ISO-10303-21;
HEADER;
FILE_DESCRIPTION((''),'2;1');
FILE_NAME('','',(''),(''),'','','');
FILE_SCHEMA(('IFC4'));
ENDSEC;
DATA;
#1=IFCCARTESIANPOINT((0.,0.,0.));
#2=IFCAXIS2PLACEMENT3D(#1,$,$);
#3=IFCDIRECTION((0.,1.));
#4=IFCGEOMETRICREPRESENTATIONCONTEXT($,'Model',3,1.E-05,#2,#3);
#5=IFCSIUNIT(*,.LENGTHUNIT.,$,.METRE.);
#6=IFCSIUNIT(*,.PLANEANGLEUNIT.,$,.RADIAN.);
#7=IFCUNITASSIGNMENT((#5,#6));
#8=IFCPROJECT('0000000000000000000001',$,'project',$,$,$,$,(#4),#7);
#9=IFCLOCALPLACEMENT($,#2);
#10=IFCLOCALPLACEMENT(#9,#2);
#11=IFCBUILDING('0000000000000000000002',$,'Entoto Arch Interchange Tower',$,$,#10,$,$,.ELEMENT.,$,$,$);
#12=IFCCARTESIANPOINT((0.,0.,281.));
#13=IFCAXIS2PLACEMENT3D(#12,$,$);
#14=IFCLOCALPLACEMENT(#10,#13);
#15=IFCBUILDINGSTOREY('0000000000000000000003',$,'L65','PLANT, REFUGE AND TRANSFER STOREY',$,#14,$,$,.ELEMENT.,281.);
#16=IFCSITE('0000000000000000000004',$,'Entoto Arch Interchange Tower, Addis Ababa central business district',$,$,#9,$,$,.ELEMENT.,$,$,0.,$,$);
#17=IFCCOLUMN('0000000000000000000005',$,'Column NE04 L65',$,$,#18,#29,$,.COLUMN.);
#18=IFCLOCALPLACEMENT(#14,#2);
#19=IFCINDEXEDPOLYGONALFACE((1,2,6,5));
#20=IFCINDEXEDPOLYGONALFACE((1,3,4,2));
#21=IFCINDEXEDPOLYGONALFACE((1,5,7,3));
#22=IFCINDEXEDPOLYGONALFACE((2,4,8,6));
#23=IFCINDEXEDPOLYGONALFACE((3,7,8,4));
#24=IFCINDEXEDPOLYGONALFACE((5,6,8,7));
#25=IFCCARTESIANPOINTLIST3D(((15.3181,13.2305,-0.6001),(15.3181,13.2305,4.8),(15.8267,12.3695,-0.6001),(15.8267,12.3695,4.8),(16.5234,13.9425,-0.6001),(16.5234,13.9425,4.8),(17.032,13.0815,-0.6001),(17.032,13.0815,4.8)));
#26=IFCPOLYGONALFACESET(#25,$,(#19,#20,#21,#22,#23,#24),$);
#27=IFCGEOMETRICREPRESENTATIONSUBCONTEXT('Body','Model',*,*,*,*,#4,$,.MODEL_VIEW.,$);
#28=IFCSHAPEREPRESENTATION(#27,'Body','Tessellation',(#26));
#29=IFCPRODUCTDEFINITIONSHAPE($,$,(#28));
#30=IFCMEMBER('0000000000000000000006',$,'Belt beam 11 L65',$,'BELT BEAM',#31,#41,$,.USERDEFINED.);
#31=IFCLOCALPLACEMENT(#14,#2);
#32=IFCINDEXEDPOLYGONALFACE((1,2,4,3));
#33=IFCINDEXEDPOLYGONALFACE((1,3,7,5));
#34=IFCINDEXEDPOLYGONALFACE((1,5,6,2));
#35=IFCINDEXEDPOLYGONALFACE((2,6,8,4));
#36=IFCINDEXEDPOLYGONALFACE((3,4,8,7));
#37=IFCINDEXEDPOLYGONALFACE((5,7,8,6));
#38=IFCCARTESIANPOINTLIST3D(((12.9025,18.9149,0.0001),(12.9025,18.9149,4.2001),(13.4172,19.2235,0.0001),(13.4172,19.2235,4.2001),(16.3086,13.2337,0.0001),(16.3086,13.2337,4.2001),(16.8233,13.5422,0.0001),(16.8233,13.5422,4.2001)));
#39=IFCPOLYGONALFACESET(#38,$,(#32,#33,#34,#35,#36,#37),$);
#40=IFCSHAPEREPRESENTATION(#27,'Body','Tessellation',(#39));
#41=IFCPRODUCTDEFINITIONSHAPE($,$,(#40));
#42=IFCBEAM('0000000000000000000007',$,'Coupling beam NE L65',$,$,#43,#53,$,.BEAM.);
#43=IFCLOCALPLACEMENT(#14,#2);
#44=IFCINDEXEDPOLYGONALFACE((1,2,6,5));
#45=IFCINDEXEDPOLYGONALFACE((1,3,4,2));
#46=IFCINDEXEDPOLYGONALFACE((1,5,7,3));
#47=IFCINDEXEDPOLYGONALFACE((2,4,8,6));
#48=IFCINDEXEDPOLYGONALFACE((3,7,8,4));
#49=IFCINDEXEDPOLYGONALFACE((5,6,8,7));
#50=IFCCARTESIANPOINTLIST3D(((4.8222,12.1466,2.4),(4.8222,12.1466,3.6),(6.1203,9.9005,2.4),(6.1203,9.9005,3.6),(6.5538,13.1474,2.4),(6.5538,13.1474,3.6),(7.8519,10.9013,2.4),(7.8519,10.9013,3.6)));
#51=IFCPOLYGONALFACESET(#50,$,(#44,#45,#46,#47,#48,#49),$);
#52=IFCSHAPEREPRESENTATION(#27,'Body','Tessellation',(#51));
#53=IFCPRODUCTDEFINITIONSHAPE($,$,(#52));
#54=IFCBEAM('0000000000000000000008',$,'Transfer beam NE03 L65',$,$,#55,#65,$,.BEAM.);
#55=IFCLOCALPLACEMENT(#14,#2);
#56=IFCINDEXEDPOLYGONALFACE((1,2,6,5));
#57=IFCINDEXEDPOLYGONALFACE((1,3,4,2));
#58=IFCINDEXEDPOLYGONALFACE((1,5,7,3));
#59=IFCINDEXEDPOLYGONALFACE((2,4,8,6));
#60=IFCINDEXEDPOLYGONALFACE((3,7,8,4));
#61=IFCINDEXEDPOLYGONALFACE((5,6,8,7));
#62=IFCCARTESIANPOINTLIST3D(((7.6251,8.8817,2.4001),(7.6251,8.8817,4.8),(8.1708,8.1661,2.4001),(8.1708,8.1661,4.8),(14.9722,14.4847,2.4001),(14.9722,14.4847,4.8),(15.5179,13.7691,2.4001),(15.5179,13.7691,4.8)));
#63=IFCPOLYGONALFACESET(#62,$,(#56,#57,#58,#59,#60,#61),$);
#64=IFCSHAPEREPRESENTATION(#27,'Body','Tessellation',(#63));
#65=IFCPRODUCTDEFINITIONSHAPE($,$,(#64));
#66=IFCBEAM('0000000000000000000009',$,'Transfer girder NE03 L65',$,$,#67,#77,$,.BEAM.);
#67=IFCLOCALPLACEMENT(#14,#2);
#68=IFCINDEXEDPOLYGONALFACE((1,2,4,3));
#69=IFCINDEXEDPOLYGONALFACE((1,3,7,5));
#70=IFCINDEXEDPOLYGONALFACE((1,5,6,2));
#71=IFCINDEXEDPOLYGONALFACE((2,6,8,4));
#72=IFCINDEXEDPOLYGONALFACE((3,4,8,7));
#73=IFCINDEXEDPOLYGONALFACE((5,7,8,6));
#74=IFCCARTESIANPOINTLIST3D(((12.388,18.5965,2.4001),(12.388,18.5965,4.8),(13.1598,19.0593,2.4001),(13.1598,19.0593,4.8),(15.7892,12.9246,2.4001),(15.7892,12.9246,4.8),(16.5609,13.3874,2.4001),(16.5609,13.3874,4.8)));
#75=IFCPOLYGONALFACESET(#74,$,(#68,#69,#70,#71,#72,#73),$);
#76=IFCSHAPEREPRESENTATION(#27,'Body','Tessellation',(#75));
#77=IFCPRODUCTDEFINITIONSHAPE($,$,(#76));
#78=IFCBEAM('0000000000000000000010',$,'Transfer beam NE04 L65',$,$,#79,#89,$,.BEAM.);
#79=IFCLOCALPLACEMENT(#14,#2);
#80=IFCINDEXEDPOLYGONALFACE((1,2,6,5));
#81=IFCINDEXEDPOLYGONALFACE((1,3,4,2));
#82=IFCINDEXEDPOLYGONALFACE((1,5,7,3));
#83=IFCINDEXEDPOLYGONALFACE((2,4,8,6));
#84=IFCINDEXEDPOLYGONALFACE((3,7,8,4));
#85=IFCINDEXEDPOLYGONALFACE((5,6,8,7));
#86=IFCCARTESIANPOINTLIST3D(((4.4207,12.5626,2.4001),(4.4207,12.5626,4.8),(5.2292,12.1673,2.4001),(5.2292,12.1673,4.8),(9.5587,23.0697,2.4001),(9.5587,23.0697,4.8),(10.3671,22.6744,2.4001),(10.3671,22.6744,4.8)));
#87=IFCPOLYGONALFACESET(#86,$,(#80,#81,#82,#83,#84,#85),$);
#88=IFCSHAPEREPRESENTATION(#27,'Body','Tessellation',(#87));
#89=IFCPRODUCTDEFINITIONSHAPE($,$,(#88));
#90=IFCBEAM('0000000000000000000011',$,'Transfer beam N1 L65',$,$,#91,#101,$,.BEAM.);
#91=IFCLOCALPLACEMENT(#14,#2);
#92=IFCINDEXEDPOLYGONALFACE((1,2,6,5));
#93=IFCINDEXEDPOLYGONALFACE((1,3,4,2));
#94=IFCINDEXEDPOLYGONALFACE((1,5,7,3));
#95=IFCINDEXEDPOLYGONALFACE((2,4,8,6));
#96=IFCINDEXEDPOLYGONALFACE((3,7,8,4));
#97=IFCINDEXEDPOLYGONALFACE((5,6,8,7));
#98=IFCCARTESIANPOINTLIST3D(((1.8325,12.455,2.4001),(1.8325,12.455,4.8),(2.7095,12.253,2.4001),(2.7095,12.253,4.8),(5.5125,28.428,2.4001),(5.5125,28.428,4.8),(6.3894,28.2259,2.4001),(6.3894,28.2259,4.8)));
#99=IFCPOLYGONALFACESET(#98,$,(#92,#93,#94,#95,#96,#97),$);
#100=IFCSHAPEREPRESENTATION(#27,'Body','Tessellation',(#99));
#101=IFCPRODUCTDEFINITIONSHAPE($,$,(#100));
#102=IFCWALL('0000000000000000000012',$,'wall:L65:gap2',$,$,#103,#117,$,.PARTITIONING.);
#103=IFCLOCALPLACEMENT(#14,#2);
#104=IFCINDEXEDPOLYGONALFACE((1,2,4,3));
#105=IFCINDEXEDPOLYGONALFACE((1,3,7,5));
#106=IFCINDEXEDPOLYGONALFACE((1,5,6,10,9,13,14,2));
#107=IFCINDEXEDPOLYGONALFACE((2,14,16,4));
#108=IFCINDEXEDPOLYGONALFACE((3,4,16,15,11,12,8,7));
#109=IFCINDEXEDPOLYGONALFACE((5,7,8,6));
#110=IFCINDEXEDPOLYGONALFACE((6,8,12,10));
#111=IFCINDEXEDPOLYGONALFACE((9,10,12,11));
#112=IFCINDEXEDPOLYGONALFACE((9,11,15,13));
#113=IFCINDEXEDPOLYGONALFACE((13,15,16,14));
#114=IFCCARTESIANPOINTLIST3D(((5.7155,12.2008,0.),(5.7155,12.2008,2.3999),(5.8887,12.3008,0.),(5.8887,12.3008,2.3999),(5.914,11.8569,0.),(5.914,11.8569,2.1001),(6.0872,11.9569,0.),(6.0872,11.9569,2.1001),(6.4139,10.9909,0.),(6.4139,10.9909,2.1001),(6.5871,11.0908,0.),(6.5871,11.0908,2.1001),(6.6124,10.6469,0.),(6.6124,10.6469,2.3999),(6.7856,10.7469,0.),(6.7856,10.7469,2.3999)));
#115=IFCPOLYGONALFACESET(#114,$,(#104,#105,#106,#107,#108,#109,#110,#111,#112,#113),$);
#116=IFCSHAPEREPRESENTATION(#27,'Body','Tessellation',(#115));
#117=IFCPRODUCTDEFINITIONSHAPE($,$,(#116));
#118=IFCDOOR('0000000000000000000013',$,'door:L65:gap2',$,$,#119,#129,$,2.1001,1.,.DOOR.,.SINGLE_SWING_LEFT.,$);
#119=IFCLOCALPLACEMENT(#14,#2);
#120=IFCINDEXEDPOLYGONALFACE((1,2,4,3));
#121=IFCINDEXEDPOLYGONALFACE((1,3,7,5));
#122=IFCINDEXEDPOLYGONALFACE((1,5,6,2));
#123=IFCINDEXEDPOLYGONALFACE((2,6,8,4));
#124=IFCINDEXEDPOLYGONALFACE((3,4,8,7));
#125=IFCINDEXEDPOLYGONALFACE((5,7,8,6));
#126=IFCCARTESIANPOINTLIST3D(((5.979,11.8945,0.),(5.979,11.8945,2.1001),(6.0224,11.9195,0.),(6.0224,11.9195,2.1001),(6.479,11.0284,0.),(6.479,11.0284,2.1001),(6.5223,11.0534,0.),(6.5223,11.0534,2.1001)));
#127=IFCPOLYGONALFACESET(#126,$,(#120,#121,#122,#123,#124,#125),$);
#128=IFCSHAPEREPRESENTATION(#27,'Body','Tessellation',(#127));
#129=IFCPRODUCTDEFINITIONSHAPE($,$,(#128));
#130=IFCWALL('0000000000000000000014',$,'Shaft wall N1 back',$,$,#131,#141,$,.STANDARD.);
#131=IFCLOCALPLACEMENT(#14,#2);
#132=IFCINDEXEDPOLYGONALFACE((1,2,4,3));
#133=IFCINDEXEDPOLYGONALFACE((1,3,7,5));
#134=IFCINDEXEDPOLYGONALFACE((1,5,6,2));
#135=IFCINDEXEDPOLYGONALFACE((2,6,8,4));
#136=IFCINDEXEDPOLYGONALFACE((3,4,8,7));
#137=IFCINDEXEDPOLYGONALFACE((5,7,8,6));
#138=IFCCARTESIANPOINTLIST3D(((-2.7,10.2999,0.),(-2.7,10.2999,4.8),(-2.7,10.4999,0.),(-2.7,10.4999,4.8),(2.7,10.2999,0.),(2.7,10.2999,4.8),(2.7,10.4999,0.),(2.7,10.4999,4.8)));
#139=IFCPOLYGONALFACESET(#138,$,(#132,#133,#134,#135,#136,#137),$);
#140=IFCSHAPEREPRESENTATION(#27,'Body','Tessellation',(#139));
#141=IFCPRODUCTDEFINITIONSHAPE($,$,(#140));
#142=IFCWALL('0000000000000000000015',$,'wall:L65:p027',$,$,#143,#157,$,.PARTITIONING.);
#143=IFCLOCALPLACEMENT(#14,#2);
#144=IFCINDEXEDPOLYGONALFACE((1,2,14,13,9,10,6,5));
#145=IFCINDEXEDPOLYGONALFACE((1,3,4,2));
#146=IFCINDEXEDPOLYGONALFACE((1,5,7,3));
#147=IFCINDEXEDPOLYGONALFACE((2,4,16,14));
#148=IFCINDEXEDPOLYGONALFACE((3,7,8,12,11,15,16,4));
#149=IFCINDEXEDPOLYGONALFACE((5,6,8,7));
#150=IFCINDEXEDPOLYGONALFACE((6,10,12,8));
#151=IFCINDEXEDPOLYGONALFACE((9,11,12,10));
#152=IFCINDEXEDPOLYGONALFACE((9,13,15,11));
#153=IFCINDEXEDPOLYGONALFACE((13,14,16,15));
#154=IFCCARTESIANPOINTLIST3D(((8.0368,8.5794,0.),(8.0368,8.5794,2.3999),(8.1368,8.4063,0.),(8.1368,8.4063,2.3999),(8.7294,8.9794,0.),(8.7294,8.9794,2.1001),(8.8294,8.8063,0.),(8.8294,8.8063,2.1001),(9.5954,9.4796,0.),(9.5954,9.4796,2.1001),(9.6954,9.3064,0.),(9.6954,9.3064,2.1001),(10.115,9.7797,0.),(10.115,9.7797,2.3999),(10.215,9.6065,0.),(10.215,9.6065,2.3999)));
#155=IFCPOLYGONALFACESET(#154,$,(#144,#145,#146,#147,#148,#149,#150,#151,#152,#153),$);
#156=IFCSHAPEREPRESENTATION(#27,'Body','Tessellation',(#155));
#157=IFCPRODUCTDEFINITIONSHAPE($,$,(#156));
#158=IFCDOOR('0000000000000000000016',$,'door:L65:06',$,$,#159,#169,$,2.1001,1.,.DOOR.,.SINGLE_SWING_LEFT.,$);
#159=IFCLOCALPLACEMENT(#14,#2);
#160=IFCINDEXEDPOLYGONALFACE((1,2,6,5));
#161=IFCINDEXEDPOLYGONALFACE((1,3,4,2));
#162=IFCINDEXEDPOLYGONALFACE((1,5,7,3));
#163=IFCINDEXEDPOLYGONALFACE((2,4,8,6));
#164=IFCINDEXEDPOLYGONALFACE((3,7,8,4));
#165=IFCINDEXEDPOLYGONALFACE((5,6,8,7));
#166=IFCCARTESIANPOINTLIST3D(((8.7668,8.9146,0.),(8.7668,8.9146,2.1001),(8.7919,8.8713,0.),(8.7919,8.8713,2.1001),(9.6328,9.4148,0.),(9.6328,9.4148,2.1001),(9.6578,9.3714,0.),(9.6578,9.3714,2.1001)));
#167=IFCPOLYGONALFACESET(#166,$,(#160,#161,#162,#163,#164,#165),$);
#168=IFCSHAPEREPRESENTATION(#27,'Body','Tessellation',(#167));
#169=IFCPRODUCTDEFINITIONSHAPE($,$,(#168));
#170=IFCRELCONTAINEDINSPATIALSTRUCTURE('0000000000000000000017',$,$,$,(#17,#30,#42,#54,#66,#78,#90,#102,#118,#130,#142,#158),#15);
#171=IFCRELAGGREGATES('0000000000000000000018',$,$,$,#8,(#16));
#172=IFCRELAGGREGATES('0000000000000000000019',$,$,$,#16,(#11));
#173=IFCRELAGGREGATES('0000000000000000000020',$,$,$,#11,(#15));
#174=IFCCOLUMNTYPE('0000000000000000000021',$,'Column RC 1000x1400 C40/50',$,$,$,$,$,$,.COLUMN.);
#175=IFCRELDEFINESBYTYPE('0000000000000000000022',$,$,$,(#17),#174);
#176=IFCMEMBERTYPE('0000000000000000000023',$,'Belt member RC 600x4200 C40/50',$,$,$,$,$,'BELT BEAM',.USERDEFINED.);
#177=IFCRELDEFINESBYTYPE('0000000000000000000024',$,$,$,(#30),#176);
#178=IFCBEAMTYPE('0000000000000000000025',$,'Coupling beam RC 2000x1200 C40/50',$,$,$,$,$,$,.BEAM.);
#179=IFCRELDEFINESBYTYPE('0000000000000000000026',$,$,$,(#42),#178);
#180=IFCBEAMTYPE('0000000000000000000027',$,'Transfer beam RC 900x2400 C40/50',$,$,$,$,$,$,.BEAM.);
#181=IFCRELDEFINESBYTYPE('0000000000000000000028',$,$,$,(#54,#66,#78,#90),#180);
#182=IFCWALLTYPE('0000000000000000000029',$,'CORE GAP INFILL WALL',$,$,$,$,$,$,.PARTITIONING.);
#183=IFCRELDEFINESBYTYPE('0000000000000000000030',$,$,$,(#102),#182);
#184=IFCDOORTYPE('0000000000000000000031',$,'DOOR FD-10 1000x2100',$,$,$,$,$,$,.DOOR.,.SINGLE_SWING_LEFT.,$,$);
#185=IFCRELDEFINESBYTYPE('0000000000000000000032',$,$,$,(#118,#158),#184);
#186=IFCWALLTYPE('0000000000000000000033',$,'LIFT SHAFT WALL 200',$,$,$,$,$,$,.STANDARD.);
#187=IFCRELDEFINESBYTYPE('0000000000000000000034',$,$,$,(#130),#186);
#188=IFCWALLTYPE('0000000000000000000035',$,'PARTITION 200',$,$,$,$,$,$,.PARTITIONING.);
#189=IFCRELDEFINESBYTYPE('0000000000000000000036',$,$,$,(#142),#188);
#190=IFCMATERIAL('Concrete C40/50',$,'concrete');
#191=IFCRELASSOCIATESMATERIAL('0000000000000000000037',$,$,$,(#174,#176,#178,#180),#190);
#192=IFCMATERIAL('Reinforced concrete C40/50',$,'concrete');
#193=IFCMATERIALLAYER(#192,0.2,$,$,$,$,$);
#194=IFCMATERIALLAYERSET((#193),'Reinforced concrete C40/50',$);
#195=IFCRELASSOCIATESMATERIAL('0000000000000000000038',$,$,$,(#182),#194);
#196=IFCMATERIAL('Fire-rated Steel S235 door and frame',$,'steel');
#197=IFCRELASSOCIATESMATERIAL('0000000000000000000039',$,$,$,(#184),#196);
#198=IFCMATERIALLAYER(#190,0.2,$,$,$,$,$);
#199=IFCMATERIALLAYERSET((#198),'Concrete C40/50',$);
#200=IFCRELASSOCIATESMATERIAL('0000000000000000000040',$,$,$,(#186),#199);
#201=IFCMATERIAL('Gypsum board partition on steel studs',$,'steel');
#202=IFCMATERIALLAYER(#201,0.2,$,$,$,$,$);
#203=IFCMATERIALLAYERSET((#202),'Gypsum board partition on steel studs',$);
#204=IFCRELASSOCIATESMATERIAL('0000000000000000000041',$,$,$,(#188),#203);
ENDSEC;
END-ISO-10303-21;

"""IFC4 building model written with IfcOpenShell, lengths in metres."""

from ifc_helpers import new_model, si_unit, direction, frame, frame_2d, origin, origin_2d, place, context, subcontext, project, spatial, rectangle, extrude, material, layer, layer_set, material_profile, profile_set, type_object, element, fill, save


model = new_model("IFC4")

# Units and contexts
model_context = context("Model", 3, precision=1e-05, world=origin(), true_north=direction((0.0, 1.0)))
body_context = subcontext(model_context, "Body", "Model", "MODEL_VIEW")
ifc_project = project(units=[si_unit("LENGTHUNIT", "METRE"), si_unit("PLANEANGLEUNIT", "RADIAN")], contexts=[model_context])

# Site, building, storey
site_placement = place(None, origin())
site = spatial("IfcSite", under=ifc_project, at=site_placement, Name="Entoto Arch Interchange Tower, Addis Ababa central business district", CompositionType="ELEMENT", RefElevation=0.0)
building_placement = place(site_placement, origin())
building = spatial("IfcBuilding", under=site, at=building_placement, Name="Entoto Arch Interchange Tower", CompositionType="ELEMENT")
storey_placement = place(building_placement, frame((0.0, 0.0, 281.0)))
storey = spatial("IfcBuildingStorey", under=building, at=storey_placement, Name="L65", Description="PLANT, REFUGE AND TRANSFER STOREY", CompositionType="ELEMENT", Elevation=281.0)

# Column
ifc_material_1 = material(Name="Concrete C40/50", Category="concrete")
ifc_material_profile_1 = material_profile(ifc_material_1, rectangle(XDim=1.0, YDim=1.3999, at=origin_2d()))
ifc_profile_set_1 = profile_set([ifc_material_profile_1], Name="Concrete C40/50")
column_type = type_object("IfcColumnType", Name="Column RC 1000x1400 C40/50", PredefinedType="COLUMN", material=ifc_profile_set_1)
column_placement = place(storey_placement, frame((16.175, 13.156, -0.6001), z_axis=(0.0, 0.0, 1.0), x_axis=(-0.508576, 0.861017, 0.0)))
element("IfcColumn", 1, at=column_placement, inside=storey, type_object=column_type, Name="Column NE04 L65", PredefinedType="COLUMN", context=body_context, shape_type="SweptSolid", body=[
    extrude(rectangle(XDim=1.0, YDim=1.3999, at=origin_2d()), origin(), (0.0, 0.0, 1.0), 5.4001),
])

# Member
ifc_material_profile_2 = material_profile(ifc_material_1, rectangle(XDim=0.6001, YDim=4.2, at=origin_2d()))
ifc_profile_set_2 = profile_set([ifc_material_profile_2], Name="Concrete C40/50")
member_type = type_object("IfcMemberType", Name="Belt member RC 600x4200 C40/50", ElementType="BELT BEAM", PredefinedType="USERDEFINED", material=ifc_profile_set_2)
member_placement = place(storey_placement, frame((16.5659, 13.3879, 2.1001), z_axis=(-0.514198, 0.857672, 0.0), x_axis=(-0.857672, -0.514198, 0.0)))
element("IfcMember", 2, at=member_placement, inside=storey, type_object=member_type, Name="Belt beam 11 L65", ObjectType="BELT BEAM", PredefinedType="USERDEFINED", context=body_context, shape_type="SweptSolid", body=[
    extrude(rectangle(XDim=0.6001, YDim=4.2, at=origin_2d()), origin(), (0.0, 0.0, 1.0), 6.624),
])

# Beams
ifc_material_profile_3 = material_profile(ifc_material_1, rectangle(XDim=2.0, YDim=1.2, at=origin_2d()))
ifc_profile_set_3 = profile_set([ifc_material_profile_3], Name="Concrete C40/50")
beam_type_1 = type_object("IfcBeamType", Name="Coupling beam RC 2000x1200 C40/50", PredefinedType="BEAM", material=ifc_profile_set_3)
beam_1_placement = place(storey_placement, frame((6.9861, 10.4009, 3.0), z_axis=(-0.50038, 0.865806, 0.0), x_axis=(-0.865806, -0.50038, 0.0)))
element("IfcBeam", 3, at=beam_1_placement, inside=storey, type_object=beam_type_1, Name="Coupling beam NE L65", PredefinedType="BEAM", context=body_context, shape_type="SweptSolid", body=[
    extrude(rectangle(XDim=2.0, YDim=1.2, at=origin_2d()), origin(), (0.0, 0.0, 1.0), 2.5942),
])
ifc_material_profile_4 = material_profile(ifc_material_1, rectangle(XDim=0.8999, YDim=2.3999, at=origin_2d()))
ifc_profile_set_4 = profile_set([ifc_material_profile_4], Name="Concrete C40/50")
beam_type_2 = type_object("IfcBeamType", Name="Transfer beam RC 900x2400 C40/50", PredefinedType="BEAM", material=ifc_profile_set_4)
beam_2_placement = place(storey_placement, frame((7.8979, 8.5239, 3.6001), z_axis=(0.795161, 0.606398, 0.0), x_axis=(-0.606398, 0.795161, 0.0)))
element("IfcBeam", 4, at=beam_2_placement, inside=storey, type_object=beam_type_2, Name="Transfer beam NE03 L65", PredefinedType="BEAM", context=body_context, shape_type="SweptSolid", body=[
    extrude(rectangle(XDim=0.8999, YDim=2.3999, at=origin_2d()), origin(), (0.0, 0.0, 1.0), 9.2397),
])
beam_3_placement = place(storey_placement, frame((16.175, 13.156, 3.6001), z_axis=(-0.514273, 0.857626, 0.0), x_axis=(-0.857626, -0.514273, 0.0)))
element("IfcBeam", 5, at=beam_3_placement, inside=storey, type_object=beam_type_2, Name="Transfer girder NE03 L65", PredefinedType="BEAM", context=body_context, shape_type="SweptSolid", body=[
    extrude(rectangle(XDim=0.8999, YDim=2.3999, at=origin_2d()), origin(), (0.0, 0.0, 1.0), 6.6135),
])
beam_4_placement = place(storey_placement, frame((4.825, 12.365, 3.6001), z_axis=(0.439289, 0.898346, 0.0), x_axis=(-0.898346, 0.439289, 0.0)))
element("IfcBeam", 6, at=beam_4_placement, inside=storey, type_object=beam_type_2, Name="Transfer beam NE04 L65", PredefinedType="BEAM", context=body_context, shape_type="SweptSolid", body=[
    extrude(rectangle(XDim=0.8999, YDim=2.3999, at=origin_2d()), origin(), (0.0, 0.0, 1.0), 11.696),
])
beam_5_placement = place(storey_placement, frame((2.271, 12.354, 3.6001), z_axis=(0.224505, 0.974473, 0.0), x_axis=(-0.974473, 0.224505, 0.0)))
element("IfcBeam", 7, at=beam_5_placement, inside=storey, type_object=beam_type_2, Name="Transfer beam N1 L65", PredefinedType="BEAM", context=body_context, shape_type="SweptSolid", body=[
    extrude(rectangle(XDim=0.8999, YDim=2.3999, at=origin_2d()), origin(), (0.0, 0.0, 1.0), 16.3914),
])

# Wall, opening, door
ifc_material_2 = material(Name="Reinforced concrete C40/50", Category="concrete")
ifc_layer_1 = layer(ifc_material_2, 0.2)
ifc_layer_set_1 = layer_set([ifc_layer_1], Name="Reinforced concrete C40/50")
wall_type_1 = type_object("IfcWallType", Name="CORE GAP INFILL WALL", PredefinedType="PARTITIONING", material=ifc_layer_set_1)
wall_1_placement = place(storey_placement, frame((6.699, 10.697, 0.0), z_axis=(0.0, 0.0, 1.0), x_axis=(-0.499915, 0.866075, 0.0)))
wall_1 = element("IfcWall", 8, at=wall_1_placement, inside=storey, type_object=wall_type_1, Name="wall:L65:gap2", PredefinedType="PARTITIONING", context=body_context, shape_type="SweptSolid", body=[
    extrude(rectangle(XDim=1.7942, YDim=0.2, at=frame_2d((0.897, 0.0))), origin(), (0.0, 0.0, 1.0), 2.3999),
])
opening_1_placement = place(wall_1_placement, frame((0.397, 0.0, 0.0)))
opening_1 = element("IfcOpeningElement", 9, at=opening_1_placement, cuts=wall_1, PredefinedType="OPENING", context=body_context, shape_type="SweptSolid", body=[
    extrude(rectangle(XDim=1.0, YDim=2.1001, at=frame_2d((0.5, 1.05))), frame((0.0, 0.1099, 0.0), z_axis=(0.0, -1.0, 0.0), x_axis=(1.0, 0.0, 0.0)), (0.0, 0.0, 1.0), 0.22),
])
ifc_material_3 = material(Name="Fire-rated Steel S235 door and frame", Category="steel")
door_type = type_object("IfcDoorType", Name="DOOR FD-10 1000x2100", OperationType="SINGLE_SWING_LEFT", PredefinedType="DOOR", material=ifc_material_3)
door_1_placement = place(opening_1_placement, origin())
door_1 = element("IfcDoor", 10, at=door_1_placement, inside=storey, type_object=door_type, Name="door:L65:gap2", OperationType="SINGLE_SWING_LEFT", OverallHeight=2.1001, OverallWidth=1.0, PredefinedType="DOOR", context=body_context, shape_type="SweptSolid", body=[
    extrude(rectangle(XDim=1.0, YDim=2.1001, at=frame_2d((0.5, 1.05))), frame((0.0, 0.0249, 0.0), z_axis=(0.0, -1.0, 0.0), x_axis=(1.0, 0.0, 0.0)), (0.0, 0.0, 1.0), 0.05),
])
fill(opening_1, door_1)

# Wall
ifc_layer_2 = layer(ifc_material_1, 0.2)
ifc_layer_set_2 = layer_set([ifc_layer_2], Name="Concrete C40/50")
wall_type_2 = type_object("IfcWallType", Name="LIFT SHAFT WALL 200", PredefinedType="STANDARD", material=ifc_layer_set_2)
wall_2_placement = place(storey_placement, frame((2.7, 10.3999, 0.0), z_axis=(0.0, 0.0, 1.0), x_axis=(-1.0, 0.0, 0.0)))
element("IfcWall", 11, at=wall_2_placement, inside=storey, type_object=wall_type_2, Name="Shaft wall N1 back", PredefinedType="STANDARD", context=body_context, shape_type="SweptSolid", body=[
    extrude(rectangle(XDim=5.3999, YDim=0.2, at=frame_2d((2.7, 0.0))), origin(), (0.0, 0.0, 1.0), 4.8),
])

# Wall, opening, door
ifc_material_4 = material(Name="Gypsum board partition on steel studs", Category="steel")
ifc_layer_3 = layer(ifc_material_4, 0.2)
ifc_layer_set_3 = layer_set([ifc_layer_3], Name="Gypsum board partition on steel studs")
wall_type_3 = type_object("IfcWallType", Name="PARTITION 200", PredefinedType="PARTITIONING", material=ifc_layer_set_3)
wall_3_placement = place(storey_placement, frame((10.165, 9.6931, 0.0), z_axis=(0.0, 0.0, 1.0), x_axis=(-0.865955, -0.500122, 0.0)))
wall_3 = element("IfcWall", 12, at=wall_3_placement, inside=storey, type_object=wall_type_3, Name="wall:L65:p027", PredefinedType="PARTITIONING", context=body_context, shape_type="SweptSolid", body=[
    extrude(rectangle(XDim=2.3999, YDim=0.2, at=frame_2d((1.2, 0.0))), origin(), (0.0, 0.0, 1.0), 2.3999),
])
opening_2_placement = place(wall_3_placement, frame((0.6001, 0.0, 0.0)))
opening_2 = element("IfcOpeningElement", 13, at=opening_2_placement, cuts=wall_3, PredefinedType="OPENING", context=body_context, shape_type="SweptSolid", body=[
    extrude(rectangle(XDim=1.0, YDim=2.1001, at=frame_2d((0.5, 1.05))), frame((0.0, 0.1099, 0.0), z_axis=(0.0, -1.0, 0.0), x_axis=(1.0, 0.0, 0.0)), (0.0, 0.0, 1.0), 0.22),
])
door_2_placement = place(opening_2_placement, origin())
door_2 = element("IfcDoor", 14, at=door_2_placement, inside=storey, type_object=door_type, Name="door:L65:06", OperationType="SINGLE_SWING_LEFT", OverallHeight=2.1001, OverallWidth=1.0, PredefinedType="DOOR", context=body_context, shape_type="SweptSolid", body=[
    extrude(rectangle(XDim=1.0, YDim=2.1001, at=frame_2d((0.5, 1.05))), frame((0.0, 0.0249, 0.0), z_axis=(0.0, -1.0, 0.0), x_axis=(1.0, 0.0, 0.0)), (0.0, 0.0, 1.0), 0.05),
])
fill(opening_2, door_2)

save(model, "model.ifc")
